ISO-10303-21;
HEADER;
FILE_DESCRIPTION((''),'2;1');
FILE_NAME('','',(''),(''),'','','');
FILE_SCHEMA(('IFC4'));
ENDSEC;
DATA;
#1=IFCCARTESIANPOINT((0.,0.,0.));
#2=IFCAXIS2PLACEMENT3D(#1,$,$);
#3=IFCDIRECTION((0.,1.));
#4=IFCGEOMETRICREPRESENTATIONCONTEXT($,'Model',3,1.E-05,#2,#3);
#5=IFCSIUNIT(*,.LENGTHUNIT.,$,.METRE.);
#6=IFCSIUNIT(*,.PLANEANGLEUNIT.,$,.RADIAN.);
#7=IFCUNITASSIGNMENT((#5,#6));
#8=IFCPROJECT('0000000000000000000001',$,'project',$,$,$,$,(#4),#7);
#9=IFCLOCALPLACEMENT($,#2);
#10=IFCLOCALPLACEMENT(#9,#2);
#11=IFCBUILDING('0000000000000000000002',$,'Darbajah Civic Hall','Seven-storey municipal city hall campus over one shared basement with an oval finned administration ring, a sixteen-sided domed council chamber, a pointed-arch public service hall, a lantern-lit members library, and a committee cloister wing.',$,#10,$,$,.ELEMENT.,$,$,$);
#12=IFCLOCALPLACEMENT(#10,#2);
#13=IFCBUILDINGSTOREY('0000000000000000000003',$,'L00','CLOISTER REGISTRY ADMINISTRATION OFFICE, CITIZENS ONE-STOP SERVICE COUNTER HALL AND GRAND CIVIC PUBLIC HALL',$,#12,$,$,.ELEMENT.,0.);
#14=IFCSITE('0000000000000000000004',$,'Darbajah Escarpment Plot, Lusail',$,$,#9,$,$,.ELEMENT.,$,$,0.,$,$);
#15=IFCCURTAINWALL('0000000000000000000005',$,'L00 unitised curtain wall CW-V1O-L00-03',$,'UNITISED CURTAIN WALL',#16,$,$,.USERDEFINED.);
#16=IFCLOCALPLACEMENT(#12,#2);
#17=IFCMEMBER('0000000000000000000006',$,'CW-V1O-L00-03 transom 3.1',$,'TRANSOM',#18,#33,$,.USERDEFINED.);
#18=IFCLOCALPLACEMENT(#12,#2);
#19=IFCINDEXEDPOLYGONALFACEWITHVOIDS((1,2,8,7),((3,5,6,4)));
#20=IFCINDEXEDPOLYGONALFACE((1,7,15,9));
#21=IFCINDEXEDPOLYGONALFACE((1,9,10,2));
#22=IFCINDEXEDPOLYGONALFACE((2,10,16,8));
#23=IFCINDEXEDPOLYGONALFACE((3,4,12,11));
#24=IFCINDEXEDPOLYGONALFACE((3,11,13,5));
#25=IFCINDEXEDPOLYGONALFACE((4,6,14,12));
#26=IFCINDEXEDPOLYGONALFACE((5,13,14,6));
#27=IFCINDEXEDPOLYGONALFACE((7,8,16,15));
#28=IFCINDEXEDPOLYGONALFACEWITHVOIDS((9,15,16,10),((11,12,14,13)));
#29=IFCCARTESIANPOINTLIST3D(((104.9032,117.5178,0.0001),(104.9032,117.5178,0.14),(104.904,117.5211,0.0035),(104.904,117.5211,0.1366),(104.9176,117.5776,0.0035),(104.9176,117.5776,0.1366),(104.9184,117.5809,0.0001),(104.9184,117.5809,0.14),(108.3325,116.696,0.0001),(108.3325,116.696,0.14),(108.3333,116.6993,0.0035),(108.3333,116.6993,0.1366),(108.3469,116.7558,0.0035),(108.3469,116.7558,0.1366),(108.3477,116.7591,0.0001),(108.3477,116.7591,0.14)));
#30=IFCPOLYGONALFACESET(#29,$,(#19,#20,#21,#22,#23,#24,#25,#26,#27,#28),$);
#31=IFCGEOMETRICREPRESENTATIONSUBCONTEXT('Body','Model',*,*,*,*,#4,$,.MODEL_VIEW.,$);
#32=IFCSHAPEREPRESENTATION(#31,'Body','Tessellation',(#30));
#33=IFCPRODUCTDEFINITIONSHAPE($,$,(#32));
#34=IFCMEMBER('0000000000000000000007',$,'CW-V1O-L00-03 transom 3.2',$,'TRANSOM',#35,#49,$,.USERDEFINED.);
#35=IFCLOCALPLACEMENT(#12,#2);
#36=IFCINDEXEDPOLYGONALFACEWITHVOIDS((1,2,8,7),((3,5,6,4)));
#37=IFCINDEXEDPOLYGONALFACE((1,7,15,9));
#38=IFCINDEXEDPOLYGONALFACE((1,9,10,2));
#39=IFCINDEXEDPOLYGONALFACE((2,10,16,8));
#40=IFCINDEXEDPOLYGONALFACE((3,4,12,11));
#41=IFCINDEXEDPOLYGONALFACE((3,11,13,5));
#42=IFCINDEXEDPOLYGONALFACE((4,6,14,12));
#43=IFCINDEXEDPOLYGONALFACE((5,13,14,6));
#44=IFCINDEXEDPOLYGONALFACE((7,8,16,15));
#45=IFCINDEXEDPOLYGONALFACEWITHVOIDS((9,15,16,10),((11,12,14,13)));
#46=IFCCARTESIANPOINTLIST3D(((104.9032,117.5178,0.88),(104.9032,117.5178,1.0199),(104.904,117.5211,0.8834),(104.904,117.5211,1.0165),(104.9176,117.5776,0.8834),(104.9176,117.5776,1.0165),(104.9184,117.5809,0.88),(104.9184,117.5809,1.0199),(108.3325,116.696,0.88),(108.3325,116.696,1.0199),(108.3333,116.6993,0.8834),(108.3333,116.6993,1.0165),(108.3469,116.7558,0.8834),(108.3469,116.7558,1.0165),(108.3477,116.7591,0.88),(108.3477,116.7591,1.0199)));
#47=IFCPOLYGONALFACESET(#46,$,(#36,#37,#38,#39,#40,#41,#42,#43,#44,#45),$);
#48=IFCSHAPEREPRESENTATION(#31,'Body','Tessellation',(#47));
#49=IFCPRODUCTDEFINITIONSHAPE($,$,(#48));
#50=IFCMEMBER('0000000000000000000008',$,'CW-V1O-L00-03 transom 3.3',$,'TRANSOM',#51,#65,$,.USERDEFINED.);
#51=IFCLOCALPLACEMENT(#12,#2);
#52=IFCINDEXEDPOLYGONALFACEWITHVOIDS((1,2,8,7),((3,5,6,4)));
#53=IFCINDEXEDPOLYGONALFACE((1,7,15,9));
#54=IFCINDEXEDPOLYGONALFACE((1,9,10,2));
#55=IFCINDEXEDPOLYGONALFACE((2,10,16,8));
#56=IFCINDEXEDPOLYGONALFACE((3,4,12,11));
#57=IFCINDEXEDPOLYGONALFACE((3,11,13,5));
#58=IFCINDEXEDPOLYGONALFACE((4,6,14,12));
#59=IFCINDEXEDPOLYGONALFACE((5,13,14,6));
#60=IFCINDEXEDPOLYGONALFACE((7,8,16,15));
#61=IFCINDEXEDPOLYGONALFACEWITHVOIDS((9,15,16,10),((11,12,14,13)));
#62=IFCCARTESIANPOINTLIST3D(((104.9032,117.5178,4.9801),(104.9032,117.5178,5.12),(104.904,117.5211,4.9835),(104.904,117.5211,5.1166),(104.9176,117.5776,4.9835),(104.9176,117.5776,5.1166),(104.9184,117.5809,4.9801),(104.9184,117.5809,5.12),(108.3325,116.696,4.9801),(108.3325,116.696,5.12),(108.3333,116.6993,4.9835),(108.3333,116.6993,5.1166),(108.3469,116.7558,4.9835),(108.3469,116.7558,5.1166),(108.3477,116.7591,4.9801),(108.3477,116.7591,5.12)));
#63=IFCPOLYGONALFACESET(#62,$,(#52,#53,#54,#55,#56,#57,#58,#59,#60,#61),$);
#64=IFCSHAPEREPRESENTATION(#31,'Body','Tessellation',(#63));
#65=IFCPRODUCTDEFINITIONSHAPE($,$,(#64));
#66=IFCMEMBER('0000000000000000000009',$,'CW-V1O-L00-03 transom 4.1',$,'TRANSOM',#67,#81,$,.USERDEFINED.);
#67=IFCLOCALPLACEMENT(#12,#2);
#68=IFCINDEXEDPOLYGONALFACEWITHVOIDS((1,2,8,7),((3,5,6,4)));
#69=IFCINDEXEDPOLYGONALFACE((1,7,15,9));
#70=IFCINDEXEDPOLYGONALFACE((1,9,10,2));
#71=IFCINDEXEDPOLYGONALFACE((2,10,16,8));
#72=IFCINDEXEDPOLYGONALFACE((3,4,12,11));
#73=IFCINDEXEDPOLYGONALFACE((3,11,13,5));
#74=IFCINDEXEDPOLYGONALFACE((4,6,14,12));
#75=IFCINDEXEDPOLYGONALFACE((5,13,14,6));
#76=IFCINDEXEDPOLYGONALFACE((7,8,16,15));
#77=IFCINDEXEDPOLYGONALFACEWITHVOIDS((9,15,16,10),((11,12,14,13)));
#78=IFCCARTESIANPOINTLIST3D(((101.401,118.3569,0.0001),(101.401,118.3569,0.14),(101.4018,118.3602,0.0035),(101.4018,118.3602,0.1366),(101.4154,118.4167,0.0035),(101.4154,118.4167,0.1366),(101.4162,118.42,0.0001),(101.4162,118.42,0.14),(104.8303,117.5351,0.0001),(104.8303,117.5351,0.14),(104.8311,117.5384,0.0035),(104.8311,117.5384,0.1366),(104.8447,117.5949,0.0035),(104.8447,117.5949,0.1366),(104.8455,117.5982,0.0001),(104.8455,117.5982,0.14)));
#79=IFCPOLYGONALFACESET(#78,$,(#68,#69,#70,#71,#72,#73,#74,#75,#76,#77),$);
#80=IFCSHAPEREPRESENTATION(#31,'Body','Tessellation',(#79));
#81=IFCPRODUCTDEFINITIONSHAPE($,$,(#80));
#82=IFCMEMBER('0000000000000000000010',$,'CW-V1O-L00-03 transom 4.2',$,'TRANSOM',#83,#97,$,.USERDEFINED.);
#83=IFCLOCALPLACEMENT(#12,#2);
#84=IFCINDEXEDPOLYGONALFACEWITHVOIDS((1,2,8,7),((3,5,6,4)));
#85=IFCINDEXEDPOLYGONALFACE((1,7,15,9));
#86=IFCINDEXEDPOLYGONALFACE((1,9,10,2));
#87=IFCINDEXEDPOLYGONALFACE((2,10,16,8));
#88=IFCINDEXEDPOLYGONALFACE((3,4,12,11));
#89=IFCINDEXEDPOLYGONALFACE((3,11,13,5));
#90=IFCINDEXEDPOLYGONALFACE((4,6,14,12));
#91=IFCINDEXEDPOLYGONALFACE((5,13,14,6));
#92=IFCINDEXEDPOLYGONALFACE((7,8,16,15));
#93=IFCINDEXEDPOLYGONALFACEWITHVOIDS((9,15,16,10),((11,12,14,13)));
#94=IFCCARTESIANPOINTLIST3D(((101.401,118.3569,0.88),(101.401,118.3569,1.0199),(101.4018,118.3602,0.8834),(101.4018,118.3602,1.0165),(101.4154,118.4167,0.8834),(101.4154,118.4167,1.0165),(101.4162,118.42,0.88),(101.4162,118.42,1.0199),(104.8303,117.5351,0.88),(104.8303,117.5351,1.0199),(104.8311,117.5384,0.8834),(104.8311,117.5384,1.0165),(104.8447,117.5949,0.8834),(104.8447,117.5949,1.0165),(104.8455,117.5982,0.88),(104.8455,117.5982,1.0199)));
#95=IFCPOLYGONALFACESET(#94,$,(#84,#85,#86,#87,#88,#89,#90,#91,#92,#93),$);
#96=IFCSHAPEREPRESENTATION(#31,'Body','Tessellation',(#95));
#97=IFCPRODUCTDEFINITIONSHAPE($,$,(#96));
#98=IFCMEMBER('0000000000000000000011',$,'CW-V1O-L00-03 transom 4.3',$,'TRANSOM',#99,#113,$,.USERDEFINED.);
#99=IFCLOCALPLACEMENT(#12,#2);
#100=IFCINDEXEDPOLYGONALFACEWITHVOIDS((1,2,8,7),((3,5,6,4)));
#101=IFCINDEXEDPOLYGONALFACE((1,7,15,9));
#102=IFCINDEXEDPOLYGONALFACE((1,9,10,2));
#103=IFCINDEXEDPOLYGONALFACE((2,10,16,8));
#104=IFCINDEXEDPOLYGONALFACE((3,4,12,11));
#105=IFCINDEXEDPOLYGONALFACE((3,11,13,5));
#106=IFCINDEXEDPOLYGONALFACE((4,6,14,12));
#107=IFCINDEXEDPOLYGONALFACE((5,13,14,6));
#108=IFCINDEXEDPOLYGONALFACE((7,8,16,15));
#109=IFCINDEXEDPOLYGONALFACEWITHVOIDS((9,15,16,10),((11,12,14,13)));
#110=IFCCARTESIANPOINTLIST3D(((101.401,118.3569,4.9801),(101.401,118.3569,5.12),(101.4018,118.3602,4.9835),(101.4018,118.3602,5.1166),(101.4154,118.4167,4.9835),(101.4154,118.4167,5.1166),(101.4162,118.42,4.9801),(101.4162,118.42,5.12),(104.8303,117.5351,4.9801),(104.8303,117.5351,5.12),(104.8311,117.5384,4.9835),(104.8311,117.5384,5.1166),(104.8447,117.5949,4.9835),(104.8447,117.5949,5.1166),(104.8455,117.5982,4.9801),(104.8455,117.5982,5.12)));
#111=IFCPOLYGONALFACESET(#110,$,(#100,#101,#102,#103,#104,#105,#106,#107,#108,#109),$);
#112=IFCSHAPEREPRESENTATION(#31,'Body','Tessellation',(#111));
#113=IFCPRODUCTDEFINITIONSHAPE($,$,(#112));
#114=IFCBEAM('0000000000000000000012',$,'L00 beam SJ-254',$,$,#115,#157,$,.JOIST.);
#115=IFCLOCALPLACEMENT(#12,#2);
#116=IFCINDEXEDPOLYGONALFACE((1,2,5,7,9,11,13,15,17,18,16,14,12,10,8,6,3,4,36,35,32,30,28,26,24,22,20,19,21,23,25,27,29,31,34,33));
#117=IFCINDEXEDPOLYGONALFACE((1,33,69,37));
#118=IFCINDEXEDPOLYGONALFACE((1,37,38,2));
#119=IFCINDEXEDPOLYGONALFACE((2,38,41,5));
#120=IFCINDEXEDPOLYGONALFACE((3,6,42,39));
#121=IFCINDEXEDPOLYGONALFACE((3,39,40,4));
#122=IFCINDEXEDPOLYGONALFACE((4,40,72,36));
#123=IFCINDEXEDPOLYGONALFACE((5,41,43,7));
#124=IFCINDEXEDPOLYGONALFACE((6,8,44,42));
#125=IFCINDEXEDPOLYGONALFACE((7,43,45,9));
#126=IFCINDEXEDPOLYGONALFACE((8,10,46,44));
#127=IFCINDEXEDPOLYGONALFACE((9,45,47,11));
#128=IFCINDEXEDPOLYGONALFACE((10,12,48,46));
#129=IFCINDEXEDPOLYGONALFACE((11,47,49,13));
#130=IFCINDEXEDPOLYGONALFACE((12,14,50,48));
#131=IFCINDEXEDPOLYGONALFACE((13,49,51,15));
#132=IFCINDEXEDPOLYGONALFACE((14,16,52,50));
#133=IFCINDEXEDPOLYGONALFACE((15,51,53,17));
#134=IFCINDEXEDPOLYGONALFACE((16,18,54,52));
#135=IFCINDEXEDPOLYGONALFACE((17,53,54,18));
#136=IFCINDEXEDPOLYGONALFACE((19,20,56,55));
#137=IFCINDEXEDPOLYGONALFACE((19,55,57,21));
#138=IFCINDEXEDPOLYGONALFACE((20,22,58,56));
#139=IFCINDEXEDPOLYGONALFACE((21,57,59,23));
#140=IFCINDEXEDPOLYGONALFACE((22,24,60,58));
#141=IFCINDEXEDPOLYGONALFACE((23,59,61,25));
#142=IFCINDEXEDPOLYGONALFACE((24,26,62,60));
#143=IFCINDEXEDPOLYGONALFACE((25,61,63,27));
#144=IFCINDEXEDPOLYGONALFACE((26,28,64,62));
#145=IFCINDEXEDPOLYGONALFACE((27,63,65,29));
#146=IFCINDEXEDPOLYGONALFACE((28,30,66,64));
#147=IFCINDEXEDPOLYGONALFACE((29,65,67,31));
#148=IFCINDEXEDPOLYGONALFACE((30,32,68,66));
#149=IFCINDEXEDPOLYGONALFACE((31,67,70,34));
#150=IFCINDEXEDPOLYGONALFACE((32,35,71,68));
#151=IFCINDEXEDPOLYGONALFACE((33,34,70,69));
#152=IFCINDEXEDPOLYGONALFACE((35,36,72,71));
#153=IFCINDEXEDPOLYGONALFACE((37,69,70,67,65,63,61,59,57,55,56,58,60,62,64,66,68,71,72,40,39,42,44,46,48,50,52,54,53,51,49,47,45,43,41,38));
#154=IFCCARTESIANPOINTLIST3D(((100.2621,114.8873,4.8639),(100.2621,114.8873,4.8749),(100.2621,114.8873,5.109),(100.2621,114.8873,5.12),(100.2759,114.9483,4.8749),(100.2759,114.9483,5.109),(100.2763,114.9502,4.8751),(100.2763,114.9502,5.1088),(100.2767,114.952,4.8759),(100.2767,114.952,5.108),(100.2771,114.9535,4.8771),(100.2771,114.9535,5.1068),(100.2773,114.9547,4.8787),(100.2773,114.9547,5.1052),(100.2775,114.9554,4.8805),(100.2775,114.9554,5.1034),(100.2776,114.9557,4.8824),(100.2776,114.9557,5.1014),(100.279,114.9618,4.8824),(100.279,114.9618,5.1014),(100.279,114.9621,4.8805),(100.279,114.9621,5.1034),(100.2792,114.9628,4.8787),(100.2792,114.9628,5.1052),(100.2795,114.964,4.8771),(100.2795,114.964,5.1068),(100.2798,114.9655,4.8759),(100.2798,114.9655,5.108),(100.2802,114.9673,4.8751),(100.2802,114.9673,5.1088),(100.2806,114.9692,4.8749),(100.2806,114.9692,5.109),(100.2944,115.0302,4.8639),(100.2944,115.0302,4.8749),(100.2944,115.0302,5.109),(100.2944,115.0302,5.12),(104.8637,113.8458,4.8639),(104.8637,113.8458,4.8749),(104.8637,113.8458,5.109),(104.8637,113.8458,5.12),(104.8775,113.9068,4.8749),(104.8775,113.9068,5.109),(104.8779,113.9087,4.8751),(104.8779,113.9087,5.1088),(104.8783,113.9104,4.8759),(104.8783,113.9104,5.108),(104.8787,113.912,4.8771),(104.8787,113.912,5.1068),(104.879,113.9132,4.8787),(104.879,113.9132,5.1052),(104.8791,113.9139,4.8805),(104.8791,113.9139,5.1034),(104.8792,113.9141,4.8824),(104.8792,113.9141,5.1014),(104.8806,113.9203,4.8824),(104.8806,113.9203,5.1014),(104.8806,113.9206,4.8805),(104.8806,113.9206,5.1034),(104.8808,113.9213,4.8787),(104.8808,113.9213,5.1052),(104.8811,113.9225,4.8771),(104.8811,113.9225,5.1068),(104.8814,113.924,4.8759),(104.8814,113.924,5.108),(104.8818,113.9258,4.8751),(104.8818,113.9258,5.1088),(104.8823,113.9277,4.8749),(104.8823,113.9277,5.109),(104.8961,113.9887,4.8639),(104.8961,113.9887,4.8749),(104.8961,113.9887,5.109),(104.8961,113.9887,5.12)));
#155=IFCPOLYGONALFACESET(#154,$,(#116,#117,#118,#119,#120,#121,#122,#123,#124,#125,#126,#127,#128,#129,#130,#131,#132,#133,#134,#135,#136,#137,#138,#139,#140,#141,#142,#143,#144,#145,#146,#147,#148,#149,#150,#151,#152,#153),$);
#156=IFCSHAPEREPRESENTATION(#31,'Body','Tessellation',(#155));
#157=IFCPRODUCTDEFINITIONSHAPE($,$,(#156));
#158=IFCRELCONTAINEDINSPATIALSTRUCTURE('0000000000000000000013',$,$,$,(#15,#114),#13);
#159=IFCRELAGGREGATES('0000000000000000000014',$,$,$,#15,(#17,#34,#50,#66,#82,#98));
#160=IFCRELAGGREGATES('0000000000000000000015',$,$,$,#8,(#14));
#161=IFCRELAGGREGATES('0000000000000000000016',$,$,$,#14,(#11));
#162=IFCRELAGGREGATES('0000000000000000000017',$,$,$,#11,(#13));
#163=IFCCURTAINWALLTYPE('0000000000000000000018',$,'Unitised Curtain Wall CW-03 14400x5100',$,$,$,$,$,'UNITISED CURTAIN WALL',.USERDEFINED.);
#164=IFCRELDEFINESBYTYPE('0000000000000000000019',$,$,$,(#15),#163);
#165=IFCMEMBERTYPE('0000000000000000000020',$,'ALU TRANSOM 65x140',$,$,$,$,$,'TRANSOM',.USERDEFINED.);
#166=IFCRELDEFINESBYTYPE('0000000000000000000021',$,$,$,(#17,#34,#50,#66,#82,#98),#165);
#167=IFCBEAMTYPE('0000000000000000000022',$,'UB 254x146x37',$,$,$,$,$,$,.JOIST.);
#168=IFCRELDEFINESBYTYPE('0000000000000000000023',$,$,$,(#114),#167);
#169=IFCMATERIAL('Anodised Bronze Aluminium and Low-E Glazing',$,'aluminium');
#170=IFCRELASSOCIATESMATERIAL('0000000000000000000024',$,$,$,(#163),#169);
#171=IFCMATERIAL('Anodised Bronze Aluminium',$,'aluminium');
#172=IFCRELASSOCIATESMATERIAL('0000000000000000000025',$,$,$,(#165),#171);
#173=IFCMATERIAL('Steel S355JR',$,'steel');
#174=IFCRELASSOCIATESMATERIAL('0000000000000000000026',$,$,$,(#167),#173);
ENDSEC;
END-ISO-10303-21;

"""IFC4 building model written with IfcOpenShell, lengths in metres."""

from ifc_helpers import new_model, si_unit, direction, frame, origin, origin_2d, place, context, subcontext, project, spatial, hollow_rectangle, i_section, extrude, material, material_profile, profile_set, type_object, element, aggregate, save


model = new_model("IFC4")

# Units and contexts
model_context = context("Model", 3, precision=1e-05, world=origin(), true_north=direction((0.0, 1.0)))
body_context = subcontext(model_context, "Body", "Model", "MODEL_VIEW")
ifc_project = project(units=[si_unit("LENGTHUNIT", "METRE"), si_unit("PLANEANGLEUNIT", "RADIAN")], contexts=[model_context])

# Site, building, storey
site_placement = place(None, origin())
site = spatial("IfcSite", under=ifc_project, at=site_placement, Name="Darbajah Escarpment Plot, Lusail", CompositionType="ELEMENT", RefElevation=0.0)
building_placement = place(site_placement, origin())
building = spatial("IfcBuilding", under=site, at=building_placement, Name="Darbajah Civic Hall", Description="Seven-storey municipal city hall campus over one shared basement with an oval finned administration ring, a sixteen-sided domed council chamber, a pointed-arch public service hall, a lantern-lit members library, and a committee cloister wing.", CompositionType="ELEMENT")
storey_placement = place(building_placement, origin())
storey = spatial("IfcBuildingStorey", under=building, at=storey_placement, Name="L00", Description="CLOISTER REGISTRY ADMINISTRATION OFFICE, CITIZENS ONE-STOP SERVICE COUNTER HALL AND GRAND CIVIC PUBLIC HALL", CompositionType="ELEMENT", Elevation=0.0)

# Curtain wall
ifc_material_1 = material(Name="Anodised Bronze Aluminium and Low-E Glazing", Category="aluminium")
ifc_material_2 = material(Name="Anodised Bronze Aluminium", Category="aluminium")
curtain_wall_type_1 = type_object("IfcCurtainWallType", Name="Unitised Curtain Wall CW-03 14400x5100", ElementType="UNITISED CURTAIN WALL", PredefinedType="USERDEFINED", material=ifc_material_1)
curtain_wall_1_placement = place(storey_placement, origin())
curtain_wall_1 = element("IfcCurtainWall", 1, at=curtain_wall_1_placement, inside=storey, type_object=curtain_wall_type_1, Name="L00 unitised curtain wall CW-V1O-L00-03", ObjectType="UNITISED CURTAIN WALL", PredefinedType="USERDEFINED")

# Members
ifc_material_profile_1 = material_profile(ifc_material_2, hollow_rectangle(XDim=0.0649, YDim=0.1399, WallThickness=0.0034, at=origin_2d()), Name="ALU TRANSOM 65x140")
ifc_profile_set_1 = profile_set([ifc_material_profile_1], Name="Anodised Bronze Aluminium")
member_type_1 = type_object("IfcMemberType", Name="ALU TRANSOM 65x140", ElementType="TRANSOM", PredefinedType="USERDEFINED", material=ifc_profile_set_1)
member_1_placement = place(storey_placement, frame((108.3401, 116.7275, 0.0701), z_axis=(-0.972466, 0.233043, 0.0), x_axis=(-0.233043, -0.972466, 0.0)))
member_1 = element("IfcMember", 2, at=member_1_placement, type_object=member_type_1, Name="CW-V1O-L00-03 transom 3.1", ObjectType="TRANSOM", PredefinedType="USERDEFINED", context=body_context, shape_type="SweptSolid", body=[
    extrude(hollow_rectangle(XDim=0.0649, YDim=0.1399, WallThickness=0.0034, at=origin_2d()), origin(), (0.0, 0.0, 1.0), 3.5264),
])
member_2_placement = place(storey_placement, frame((108.3401, 116.7275, 0.95), z_axis=(-0.972466, 0.233043, 0.0), x_axis=(-0.233043, -0.972466, 0.0)))
member_2 = element("IfcMember", 3, at=member_2_placement, type_object=member_type_1, Name="CW-V1O-L00-03 transom 3.2", ObjectType="TRANSOM", PredefinedType="USERDEFINED", context=body_context, shape_type="SweptSolid", body=[
    extrude(hollow_rectangle(XDim=0.0649, YDim=0.1399, WallThickness=0.0034, at=origin_2d()), origin(), (0.0, 0.0, 1.0), 3.5264),
])
member_3_placement = place(storey_placement, frame((108.3401, 116.7275, 5.05), z_axis=(-0.972466, 0.233043, 0.0), x_axis=(-0.233043, -0.972466, 0.0)))
member_3 = element("IfcMember", 4, at=member_3_placement, type_object=member_type_1, Name="CW-V1O-L00-03 transom 3.3", ObjectType="TRANSOM", PredefinedType="USERDEFINED", context=body_context, shape_type="SweptSolid", body=[
    extrude(hollow_rectangle(XDim=0.0649, YDim=0.1399, WallThickness=0.0034, at=origin_2d()), origin(), (0.0, 0.0, 1.0), 3.5264),
])
member_4_placement = place(storey_placement, frame((104.8379, 117.5667, 0.0701), z_axis=(-0.972466, 0.233043, 0.0), x_axis=(-0.233043, -0.972466, 0.0)))
member_4 = element("IfcMember", 5, at=member_4_placement, type_object=member_type_1, Name="CW-V1O-L00-03 transom 4.1", ObjectType="TRANSOM", PredefinedType="USERDEFINED", context=body_context, shape_type="SweptSolid", body=[
    extrude(hollow_rectangle(XDim=0.0649, YDim=0.1399, WallThickness=0.0034, at=origin_2d()), origin(), (0.0, 0.0, 1.0), 3.5264),
])
member_5_placement = place(storey_placement, frame((104.8379, 117.5667, 0.95), z_axis=(-0.972466, 0.233043, 0.0), x_axis=(-0.233043, -0.972466, 0.0)))
member_5 = element("IfcMember", 6, at=member_5_placement, type_object=member_type_1, Name="CW-V1O-L00-03 transom 4.2", ObjectType="TRANSOM", PredefinedType="USERDEFINED", context=body_context, shape_type="SweptSolid", body=[
    extrude(hollow_rectangle(XDim=0.0649, YDim=0.1399, WallThickness=0.0034, at=origin_2d()), origin(), (0.0, 0.0, 1.0), 3.5264),
])
member_6_placement = place(storey_placement, frame((104.8379, 117.5667, 5.05), z_axis=(-0.972466, 0.233043, 0.0), x_axis=(-0.233043, -0.972466, 0.0)))
member_6 = element("IfcMember", 7, at=member_6_placement, type_object=member_type_1, Name="CW-V1O-L00-03 transom 4.3", ObjectType="TRANSOM", PredefinedType="USERDEFINED", context=body_context, shape_type="SweptSolid", body=[
    extrude(hollow_rectangle(XDim=0.0649, YDim=0.1399, WallThickness=0.0034, at=origin_2d()), origin(), (0.0, 0.0, 1.0), 3.5264),
])

# Beam
ifc_material_3 = material(Name="Steel S355JR", Category="steel")
ifc_material_profile_2 = material_profile(ifc_material_3, i_section(OverallWidth=0.1465, OverallDepth=0.2561, WebThickness=0.0063, FlangeThickness=0.011, FilletRadius=0.0076, at=origin_2d()), Name="UB 254x146x37")
ifc_profile_set_2 = profile_set([ifc_material_profile_2], Name="Steel S355JR")
beam_type_1 = type_object("IfcBeamType", Name="UB 254x146x37", PredefinedType="JOIST", material=ifc_profile_set_2)
beam_1_placement = place(storey_placement, frame((104.8799, 113.9172, 4.9919), z_axis=(-0.97533, 0.220753, 0.0), x_axis=(-0.220753, -0.97533, 0.0)))
element("IfcBeam", 8, at=beam_1_placement, inside=storey, type_object=beam_type_1, Name="L00 beam SJ-254", PredefinedType="JOIST", context=body_context, shape_type="SweptSolid", body=[
    extrude(i_section(OverallWidth=0.1465, OverallDepth=0.2561, WebThickness=0.0063, FlangeThickness=0.011, FilletRadius=0.0076, at=origin_2d()), origin(), (0.0, 0.0, 1.0), 4.718),
])

aggregate(curtain_wall_1, [member_1, member_2, member_3, member_4, member_5, member_6])

save(model, "model.ifc")
